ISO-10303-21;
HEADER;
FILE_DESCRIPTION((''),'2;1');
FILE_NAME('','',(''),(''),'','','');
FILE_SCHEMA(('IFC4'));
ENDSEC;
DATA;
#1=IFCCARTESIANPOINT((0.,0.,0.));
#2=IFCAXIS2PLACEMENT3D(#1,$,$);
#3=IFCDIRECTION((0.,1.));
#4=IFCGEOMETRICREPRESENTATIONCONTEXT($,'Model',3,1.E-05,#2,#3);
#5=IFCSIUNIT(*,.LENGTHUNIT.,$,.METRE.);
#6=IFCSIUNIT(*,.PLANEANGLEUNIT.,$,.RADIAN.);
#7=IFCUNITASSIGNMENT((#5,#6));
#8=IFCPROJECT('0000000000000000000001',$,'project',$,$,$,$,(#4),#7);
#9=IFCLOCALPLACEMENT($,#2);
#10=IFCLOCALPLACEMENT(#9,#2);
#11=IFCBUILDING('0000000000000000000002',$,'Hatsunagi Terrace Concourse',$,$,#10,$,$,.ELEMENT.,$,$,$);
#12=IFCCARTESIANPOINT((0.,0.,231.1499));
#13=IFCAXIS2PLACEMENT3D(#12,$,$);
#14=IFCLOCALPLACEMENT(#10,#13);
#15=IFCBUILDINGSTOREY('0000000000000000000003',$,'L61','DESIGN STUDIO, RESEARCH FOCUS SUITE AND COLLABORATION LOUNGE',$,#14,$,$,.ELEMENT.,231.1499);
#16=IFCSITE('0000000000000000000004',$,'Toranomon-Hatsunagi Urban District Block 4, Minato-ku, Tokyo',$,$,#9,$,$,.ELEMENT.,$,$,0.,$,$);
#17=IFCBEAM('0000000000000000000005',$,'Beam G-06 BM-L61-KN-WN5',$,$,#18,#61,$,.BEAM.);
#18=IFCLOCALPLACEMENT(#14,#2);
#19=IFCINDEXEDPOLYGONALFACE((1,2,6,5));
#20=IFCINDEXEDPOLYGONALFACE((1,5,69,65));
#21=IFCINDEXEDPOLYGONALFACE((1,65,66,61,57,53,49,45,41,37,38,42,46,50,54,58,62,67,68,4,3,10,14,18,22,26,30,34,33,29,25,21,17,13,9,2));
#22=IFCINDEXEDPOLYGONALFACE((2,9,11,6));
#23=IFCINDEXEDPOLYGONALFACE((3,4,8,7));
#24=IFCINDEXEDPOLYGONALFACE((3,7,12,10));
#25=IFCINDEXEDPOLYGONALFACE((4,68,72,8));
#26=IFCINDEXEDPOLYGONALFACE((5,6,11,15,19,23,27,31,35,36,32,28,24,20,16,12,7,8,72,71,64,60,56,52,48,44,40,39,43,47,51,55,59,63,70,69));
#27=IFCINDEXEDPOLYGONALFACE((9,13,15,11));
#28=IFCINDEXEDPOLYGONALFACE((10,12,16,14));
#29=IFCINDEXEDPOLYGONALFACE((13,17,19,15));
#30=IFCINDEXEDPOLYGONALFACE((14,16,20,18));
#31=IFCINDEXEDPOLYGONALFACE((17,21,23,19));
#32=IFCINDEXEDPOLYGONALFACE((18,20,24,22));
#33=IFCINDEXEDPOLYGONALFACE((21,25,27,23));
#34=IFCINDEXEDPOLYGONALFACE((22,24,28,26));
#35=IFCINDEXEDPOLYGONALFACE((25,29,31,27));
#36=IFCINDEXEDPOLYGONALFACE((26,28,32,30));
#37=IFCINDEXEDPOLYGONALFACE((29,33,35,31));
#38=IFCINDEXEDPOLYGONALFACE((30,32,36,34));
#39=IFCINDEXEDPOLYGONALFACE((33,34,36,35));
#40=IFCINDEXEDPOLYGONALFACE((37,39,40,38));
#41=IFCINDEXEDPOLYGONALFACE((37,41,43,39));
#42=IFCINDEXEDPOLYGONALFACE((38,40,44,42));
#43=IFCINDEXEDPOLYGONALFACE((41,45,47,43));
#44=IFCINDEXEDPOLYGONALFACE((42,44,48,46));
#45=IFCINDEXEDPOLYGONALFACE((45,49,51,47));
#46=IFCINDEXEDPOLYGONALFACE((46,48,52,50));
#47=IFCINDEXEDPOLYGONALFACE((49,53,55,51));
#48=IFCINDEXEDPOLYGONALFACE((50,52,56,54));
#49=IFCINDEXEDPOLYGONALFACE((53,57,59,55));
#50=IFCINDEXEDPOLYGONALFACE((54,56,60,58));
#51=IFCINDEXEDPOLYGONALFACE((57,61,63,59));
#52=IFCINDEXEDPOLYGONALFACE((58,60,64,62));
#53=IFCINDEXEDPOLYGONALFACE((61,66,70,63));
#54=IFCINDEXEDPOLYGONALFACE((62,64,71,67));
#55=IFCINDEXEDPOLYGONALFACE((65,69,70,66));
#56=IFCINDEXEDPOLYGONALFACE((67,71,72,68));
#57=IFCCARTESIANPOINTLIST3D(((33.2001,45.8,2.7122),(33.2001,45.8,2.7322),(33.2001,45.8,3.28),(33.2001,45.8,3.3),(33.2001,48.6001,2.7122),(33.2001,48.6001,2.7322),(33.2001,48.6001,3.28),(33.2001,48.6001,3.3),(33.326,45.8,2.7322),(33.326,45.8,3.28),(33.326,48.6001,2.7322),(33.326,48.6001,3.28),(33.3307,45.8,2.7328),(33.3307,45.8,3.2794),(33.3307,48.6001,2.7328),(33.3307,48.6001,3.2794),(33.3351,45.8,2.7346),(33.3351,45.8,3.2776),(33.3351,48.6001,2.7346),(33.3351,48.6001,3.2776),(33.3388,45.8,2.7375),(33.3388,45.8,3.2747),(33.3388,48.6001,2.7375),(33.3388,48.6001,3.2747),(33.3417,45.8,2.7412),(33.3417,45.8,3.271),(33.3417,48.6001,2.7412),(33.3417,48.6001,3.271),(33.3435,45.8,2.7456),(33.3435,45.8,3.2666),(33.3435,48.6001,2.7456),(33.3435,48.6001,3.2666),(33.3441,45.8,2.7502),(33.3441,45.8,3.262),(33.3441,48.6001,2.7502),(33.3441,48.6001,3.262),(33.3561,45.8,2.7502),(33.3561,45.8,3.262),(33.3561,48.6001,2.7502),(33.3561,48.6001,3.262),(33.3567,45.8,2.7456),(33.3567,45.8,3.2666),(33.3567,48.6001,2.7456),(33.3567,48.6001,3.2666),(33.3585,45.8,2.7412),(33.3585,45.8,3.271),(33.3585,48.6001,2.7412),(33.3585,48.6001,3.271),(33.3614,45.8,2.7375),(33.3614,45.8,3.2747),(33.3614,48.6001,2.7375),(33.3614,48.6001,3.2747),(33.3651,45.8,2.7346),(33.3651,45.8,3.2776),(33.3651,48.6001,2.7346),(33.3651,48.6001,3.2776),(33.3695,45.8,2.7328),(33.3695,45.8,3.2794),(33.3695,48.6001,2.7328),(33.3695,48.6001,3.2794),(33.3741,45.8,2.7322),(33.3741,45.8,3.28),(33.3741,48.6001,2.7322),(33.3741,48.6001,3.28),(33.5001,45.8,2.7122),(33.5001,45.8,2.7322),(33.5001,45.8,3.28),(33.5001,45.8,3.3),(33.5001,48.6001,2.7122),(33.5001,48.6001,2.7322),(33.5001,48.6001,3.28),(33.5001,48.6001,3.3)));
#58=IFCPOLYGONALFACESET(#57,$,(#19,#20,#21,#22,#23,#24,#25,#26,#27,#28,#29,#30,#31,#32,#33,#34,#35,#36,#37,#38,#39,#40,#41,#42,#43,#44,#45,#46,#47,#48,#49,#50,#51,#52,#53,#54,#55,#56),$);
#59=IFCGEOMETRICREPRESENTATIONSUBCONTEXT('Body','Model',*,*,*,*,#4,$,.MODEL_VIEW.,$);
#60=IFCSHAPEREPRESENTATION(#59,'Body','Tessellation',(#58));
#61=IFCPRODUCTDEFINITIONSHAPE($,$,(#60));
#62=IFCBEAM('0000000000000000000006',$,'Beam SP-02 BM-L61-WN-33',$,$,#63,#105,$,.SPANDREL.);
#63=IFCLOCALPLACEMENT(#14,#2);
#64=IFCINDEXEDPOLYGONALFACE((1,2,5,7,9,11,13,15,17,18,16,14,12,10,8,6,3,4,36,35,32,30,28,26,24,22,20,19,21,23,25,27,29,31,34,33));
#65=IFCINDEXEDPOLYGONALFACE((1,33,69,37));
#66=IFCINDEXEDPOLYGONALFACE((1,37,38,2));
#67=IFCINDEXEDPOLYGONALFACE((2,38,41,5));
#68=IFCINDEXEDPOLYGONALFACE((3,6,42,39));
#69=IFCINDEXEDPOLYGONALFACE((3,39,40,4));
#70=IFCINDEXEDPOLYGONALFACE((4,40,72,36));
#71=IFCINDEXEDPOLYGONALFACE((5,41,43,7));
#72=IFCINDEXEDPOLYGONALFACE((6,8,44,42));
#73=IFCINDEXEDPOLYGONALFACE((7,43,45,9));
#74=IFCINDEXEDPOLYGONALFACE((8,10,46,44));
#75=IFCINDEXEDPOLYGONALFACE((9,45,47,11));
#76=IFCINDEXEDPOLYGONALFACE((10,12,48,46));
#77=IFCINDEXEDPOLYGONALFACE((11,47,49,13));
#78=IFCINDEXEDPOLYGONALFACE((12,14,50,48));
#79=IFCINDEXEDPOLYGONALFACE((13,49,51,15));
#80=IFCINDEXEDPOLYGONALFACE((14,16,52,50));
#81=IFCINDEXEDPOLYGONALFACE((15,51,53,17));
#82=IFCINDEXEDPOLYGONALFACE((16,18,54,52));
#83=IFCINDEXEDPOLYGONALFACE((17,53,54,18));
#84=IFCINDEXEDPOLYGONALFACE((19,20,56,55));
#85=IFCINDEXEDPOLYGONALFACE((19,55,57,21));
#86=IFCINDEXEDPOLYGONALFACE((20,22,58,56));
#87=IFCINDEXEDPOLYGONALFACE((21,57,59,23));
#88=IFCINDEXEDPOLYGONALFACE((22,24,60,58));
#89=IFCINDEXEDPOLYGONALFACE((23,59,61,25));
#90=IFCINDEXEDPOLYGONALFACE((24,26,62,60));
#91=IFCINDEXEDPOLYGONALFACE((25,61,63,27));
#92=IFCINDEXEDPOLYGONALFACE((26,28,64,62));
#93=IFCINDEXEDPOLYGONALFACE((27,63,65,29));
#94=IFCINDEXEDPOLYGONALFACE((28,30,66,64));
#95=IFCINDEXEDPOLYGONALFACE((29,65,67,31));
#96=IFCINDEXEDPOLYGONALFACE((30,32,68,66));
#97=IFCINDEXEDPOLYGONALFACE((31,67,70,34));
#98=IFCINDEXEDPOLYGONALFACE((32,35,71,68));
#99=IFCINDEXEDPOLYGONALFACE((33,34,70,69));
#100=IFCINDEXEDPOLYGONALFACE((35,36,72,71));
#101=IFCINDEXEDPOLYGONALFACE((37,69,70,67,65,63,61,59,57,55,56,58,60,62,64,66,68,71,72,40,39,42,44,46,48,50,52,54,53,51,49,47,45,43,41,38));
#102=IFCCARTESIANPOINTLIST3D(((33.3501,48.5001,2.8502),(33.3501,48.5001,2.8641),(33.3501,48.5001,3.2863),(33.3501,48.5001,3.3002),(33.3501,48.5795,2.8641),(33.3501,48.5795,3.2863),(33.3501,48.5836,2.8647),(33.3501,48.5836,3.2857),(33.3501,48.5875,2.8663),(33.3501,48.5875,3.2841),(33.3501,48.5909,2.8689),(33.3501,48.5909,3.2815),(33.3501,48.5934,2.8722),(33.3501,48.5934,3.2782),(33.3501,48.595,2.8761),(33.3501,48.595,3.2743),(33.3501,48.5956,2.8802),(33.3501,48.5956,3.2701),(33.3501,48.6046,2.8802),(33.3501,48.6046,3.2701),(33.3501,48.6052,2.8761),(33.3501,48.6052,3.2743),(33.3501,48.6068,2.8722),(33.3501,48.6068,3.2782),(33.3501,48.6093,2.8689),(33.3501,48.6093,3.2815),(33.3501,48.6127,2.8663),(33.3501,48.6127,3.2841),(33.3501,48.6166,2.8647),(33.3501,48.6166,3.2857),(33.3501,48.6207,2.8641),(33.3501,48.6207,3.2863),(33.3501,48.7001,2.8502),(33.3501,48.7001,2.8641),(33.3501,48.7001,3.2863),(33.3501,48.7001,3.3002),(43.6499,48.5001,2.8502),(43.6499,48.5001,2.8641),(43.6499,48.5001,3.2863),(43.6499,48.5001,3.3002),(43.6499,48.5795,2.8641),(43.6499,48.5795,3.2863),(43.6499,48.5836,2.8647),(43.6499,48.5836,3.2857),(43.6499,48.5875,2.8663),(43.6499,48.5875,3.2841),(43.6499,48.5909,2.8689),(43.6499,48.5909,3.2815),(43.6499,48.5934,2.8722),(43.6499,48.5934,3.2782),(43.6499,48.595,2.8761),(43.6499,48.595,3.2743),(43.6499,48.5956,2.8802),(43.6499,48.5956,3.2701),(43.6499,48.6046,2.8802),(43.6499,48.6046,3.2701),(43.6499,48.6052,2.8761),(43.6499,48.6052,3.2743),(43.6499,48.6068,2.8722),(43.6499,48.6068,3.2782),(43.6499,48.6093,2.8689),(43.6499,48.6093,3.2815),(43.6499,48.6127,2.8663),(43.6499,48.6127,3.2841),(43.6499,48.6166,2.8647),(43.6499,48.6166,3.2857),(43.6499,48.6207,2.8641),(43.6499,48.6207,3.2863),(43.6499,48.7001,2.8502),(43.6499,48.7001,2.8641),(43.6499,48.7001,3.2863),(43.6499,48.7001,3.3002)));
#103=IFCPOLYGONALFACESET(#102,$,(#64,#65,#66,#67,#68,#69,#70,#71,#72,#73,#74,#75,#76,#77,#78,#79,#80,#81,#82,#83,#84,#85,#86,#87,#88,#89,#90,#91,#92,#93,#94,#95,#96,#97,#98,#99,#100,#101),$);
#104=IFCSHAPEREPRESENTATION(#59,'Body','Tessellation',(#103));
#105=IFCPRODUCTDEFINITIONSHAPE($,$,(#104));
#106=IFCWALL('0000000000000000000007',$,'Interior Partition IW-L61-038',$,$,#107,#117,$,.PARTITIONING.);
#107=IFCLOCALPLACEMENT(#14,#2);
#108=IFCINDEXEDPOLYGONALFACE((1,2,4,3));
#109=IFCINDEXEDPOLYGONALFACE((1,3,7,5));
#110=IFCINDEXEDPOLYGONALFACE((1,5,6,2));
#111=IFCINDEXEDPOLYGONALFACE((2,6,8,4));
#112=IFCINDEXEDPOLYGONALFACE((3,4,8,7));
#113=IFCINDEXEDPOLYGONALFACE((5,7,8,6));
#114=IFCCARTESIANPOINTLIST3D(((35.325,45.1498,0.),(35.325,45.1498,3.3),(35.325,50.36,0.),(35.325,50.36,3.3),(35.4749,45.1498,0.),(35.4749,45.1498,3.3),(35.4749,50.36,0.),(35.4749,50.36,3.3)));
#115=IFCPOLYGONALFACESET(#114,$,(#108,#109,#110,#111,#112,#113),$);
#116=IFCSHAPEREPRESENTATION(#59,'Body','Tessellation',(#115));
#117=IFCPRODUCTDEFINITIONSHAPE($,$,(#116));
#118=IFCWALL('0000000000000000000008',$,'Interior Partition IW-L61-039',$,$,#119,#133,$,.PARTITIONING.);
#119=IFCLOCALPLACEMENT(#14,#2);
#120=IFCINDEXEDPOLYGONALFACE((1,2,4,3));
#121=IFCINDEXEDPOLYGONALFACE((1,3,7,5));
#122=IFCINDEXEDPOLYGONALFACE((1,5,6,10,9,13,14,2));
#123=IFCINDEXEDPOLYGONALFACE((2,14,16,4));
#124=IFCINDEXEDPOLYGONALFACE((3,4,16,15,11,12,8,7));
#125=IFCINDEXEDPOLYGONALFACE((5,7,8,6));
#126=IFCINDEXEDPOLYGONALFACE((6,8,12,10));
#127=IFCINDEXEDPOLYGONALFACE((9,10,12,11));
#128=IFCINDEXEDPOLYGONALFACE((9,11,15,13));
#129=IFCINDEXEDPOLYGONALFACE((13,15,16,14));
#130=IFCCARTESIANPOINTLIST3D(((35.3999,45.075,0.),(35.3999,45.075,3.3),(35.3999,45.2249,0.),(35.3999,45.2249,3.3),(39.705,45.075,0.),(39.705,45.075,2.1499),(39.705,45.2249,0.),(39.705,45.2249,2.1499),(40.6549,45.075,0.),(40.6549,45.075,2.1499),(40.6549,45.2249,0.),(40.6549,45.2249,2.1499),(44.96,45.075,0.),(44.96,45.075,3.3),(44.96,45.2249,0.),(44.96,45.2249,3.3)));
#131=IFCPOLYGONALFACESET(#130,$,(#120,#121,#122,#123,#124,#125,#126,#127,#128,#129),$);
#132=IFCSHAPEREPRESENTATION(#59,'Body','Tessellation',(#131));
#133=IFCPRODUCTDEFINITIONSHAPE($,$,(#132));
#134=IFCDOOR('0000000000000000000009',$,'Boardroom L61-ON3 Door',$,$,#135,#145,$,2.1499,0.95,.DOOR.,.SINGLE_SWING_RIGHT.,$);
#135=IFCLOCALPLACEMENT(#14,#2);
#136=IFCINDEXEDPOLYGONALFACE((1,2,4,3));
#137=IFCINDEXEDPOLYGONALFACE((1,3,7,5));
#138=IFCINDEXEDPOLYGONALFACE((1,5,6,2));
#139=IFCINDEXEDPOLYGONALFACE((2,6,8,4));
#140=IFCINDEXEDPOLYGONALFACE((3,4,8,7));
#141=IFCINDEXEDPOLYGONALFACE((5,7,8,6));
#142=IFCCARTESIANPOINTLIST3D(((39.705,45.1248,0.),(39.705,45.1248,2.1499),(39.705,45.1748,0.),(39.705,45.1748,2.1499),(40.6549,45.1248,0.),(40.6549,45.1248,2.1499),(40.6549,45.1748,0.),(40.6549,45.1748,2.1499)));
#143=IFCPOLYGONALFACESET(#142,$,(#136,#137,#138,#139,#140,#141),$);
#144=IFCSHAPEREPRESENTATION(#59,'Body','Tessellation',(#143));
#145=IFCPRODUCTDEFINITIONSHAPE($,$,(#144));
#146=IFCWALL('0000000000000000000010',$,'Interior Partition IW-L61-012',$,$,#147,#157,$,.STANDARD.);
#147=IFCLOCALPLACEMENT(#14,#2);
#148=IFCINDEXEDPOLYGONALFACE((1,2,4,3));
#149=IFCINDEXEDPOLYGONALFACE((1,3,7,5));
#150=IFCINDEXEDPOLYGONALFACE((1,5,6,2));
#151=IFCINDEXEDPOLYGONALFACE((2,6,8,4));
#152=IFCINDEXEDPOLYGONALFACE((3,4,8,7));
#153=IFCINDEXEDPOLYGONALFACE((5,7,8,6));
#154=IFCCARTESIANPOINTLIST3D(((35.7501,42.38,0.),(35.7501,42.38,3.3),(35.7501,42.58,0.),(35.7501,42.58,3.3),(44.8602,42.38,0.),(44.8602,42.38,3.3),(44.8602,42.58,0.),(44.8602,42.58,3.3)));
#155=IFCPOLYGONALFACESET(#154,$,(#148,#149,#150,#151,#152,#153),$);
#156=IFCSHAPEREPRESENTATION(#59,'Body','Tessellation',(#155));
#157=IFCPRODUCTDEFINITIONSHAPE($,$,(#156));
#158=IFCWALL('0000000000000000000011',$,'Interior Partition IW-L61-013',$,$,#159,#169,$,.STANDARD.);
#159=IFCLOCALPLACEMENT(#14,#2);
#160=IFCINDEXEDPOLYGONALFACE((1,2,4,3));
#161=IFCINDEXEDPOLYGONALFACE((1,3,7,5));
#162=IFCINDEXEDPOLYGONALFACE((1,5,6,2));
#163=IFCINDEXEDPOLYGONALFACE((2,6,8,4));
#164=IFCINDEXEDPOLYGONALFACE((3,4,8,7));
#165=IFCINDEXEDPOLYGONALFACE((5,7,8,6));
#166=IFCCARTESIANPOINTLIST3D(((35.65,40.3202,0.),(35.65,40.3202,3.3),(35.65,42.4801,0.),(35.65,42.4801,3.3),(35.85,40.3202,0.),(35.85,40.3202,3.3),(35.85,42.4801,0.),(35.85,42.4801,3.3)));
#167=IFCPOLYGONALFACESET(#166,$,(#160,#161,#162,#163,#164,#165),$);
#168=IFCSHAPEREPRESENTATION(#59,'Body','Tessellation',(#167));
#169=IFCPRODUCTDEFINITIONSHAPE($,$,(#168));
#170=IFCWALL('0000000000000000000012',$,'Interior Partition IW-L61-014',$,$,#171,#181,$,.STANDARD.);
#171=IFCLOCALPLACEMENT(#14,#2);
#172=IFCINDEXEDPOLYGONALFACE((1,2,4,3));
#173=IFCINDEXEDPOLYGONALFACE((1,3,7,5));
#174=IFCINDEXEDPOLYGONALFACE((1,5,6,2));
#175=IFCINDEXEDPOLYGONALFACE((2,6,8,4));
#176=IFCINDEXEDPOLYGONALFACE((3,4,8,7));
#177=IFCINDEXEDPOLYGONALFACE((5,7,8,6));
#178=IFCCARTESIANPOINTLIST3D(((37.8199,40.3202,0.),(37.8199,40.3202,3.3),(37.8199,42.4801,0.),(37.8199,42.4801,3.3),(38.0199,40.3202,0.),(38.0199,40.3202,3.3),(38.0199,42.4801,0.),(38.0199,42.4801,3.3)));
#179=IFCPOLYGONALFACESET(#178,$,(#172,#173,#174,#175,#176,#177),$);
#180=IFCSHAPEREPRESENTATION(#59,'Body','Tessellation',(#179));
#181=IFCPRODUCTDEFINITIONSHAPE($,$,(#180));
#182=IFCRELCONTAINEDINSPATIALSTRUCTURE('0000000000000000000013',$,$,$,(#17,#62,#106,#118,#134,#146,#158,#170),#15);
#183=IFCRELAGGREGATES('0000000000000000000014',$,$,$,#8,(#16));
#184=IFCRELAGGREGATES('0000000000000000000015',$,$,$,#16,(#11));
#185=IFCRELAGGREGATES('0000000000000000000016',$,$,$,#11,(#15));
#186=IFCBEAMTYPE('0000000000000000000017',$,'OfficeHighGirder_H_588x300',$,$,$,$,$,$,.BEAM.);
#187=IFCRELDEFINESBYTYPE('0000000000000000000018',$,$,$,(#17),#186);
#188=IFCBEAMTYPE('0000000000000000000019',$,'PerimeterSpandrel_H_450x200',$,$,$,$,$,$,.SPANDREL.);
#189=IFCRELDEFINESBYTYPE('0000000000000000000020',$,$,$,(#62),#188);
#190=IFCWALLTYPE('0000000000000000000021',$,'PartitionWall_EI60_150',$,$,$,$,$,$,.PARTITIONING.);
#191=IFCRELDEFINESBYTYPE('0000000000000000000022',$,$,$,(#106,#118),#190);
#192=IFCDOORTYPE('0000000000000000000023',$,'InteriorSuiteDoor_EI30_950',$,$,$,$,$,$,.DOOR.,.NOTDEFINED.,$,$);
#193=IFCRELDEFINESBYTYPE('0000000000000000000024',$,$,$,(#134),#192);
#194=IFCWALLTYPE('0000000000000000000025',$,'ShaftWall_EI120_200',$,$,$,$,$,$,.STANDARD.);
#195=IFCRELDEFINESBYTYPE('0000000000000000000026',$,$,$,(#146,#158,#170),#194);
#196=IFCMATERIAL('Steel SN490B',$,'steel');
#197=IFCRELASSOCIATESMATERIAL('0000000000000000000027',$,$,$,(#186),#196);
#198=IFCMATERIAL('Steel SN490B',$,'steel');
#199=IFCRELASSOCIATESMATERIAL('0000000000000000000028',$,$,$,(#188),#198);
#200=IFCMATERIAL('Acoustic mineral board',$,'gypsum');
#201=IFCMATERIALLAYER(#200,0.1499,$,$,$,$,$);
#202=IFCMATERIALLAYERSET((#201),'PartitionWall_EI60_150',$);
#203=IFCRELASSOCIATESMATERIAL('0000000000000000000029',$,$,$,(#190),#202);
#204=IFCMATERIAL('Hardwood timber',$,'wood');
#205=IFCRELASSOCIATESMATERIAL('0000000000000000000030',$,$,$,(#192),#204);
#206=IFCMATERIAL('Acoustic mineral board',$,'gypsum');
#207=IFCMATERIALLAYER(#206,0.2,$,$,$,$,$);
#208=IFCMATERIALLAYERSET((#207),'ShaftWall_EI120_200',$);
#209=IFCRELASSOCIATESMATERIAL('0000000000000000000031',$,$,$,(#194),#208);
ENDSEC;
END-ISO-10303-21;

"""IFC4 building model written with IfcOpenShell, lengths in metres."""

from ifc_helpers import new_model, si_unit, direction, frame, frame_2d, origin, origin_2d, place, context, subcontext, project, spatial, rectangle, i_section, extrude, material, layer, layer_set, material_profile, profile_set, type_object, element, fill, save


model = new_model("IFC4")

# Units and contexts
model_context = context("Model", 3, precision=1e-05, world=origin(), true_north=direction((0.0, 1.0)))
body_context = subcontext(model_context, "Body", "Model", "MODEL_VIEW")
ifc_project = project(units=[si_unit("LENGTHUNIT", "METRE"), si_unit("PLANEANGLEUNIT", "RADIAN")], contexts=[model_context])

# Site, building, storey
site_placement = place(None, origin())
site = spatial("IfcSite", under=ifc_project, at=site_placement, Name="Toranomon-Hatsunagi Urban District Block 4, Minato-ku, Tokyo", CompositionType="ELEMENT", RefElevation=0.0)
building_placement = place(site_placement, origin())
building = spatial("IfcBuilding", under=site, at=building_placement, Name="Hatsunagi Terrace Concourse", CompositionType="ELEMENT")
storey_placement = place(building_placement, frame((0.0, 0.0, 231.1499)))
storey = spatial("IfcBuildingStorey", under=building, at=storey_placement, Name="L61", Description="DESIGN STUDIO, RESEARCH FOCUS SUITE AND COLLABORATION LOUNGE", CompositionType="ELEMENT", Elevation=231.1499)

# Beams
ifc_material_1 = material(Name="Steel SN490B", Category="steel")
ifc_material_profile_1 = material_profile(ifc_material_1, i_section(OverallWidth=0.3, OverallDepth=0.5879, WebThickness=0.012, FlangeThickness=0.02, FilletRadius=0.0181, at=origin_2d()), Name="H-588x300x12x20")
ifc_profile_set_1 = profile_set([ifc_material_profile_1], Name="Steel SN490B")
beam_type_1 = type_object("IfcBeamType", Name="OfficeHighGirder_H_588x300", PredefinedType="BEAM", material=ifc_profile_set_1)
beam_1_placement = place(storey_placement, frame((33.3501, 45.8, 3.0061), z_axis=(0.0, 1.0, 0.0), x_axis=(-1.0, 0.0, 0.0)))
element("IfcBeam", 1, at=beam_1_placement, inside=storey, type_object=beam_type_1, Name="Beam G-06 BM-L61-KN-WN5", PredefinedType="BEAM", context=body_context, shape_type="SweptSolid", body=[
    extrude(i_section(OverallWidth=0.3, OverallDepth=0.5879, WebThickness=0.012, FlangeThickness=0.02, FilletRadius=0.0181, at=origin_2d()), origin(), (0.0, 0.0, 1.0), 2.8),
])
ifc_material_2 = material(Name="Steel SN490B", Category="steel")
ifc_material_profile_2 = material_profile(ifc_material_2, i_section(OverallWidth=0.2, OverallDepth=0.45, WebThickness=0.009, FlangeThickness=0.0139, FilletRadius=0.0161, at=origin_2d()), Name="H-450x200x9x14")
ifc_profile_set_2 = profile_set([ifc_material_profile_2], Name="Steel SN490B")
beam_type_2 = type_object("IfcBeamType", Name="PerimeterSpandrel_H_450x200", PredefinedType="SPANDREL", material=ifc_profile_set_2)
beam_2_placement = place(storey_placement, frame((33.3501, 48.6001, 3.0752), z_axis=(1.0, 0.0, 0.0), x_axis=(0.0, 1.0, 0.0)))
element("IfcBeam", 2, at=beam_2_placement, inside=storey, type_object=beam_type_2, Name="Beam SP-02 BM-L61-WN-33", PredefinedType="SPANDREL", context=body_context, shape_type="SweptSolid", body=[
    extrude(i_section(OverallWidth=0.2, OverallDepth=0.45, WebThickness=0.009, FlangeThickness=0.0139, FilletRadius=0.0161, at=origin_2d()), origin(), (0.0, 0.0, 1.0), 10.2998),
])

# Wall
ifc_material_3 = material(Name="Acoustic mineral board", Category="gypsum")
ifc_layer_1 = layer(ifc_material_3, 0.1499)
ifc_layer_set_1 = layer_set([ifc_layer_1], Name="PartitionWall_EI60_150")
wall_type_1 = type_object("IfcWallType", Name="PartitionWall_EI60_150", PredefinedType="PARTITIONING", material=ifc_layer_set_1)
wall_1_placement = place(storey_placement, frame((35.3999, 45.1499, 0.0), z_axis=(0.0, 0.0, 1.0), x_axis=(0.0, 1.0, 0.0)))
element("IfcWall", 3, at=wall_1_placement, inside=storey, type_object=wall_type_1, Name="Interior Partition IW-L61-038", PredefinedType="PARTITIONING", context=body_context, shape_type="SweptSolid", body=[
    extrude(rectangle(XDim=5.2102, YDim=0.1499, at=frame_2d((2.605, 0.0))), origin(), (0.0, 0.0, 1.0), 3.3),
])

# Wall, opening, door
wall_2_placement = place(storey_placement, frame((35.3999, 45.1499, 0.0), z_axis=(0.0, 0.0, 1.0), x_axis=(1.0, 0.0, 0.0)))
wall_2 = element("IfcWall", 4, at=wall_2_placement, inside=storey, type_object=wall_type_1, Name="Interior Partition IW-L61-039", PredefinedType="PARTITIONING", context=body_context, shape_type="SweptSolid", body=[
    extrude(rectangle(XDim=9.5601, YDim=0.1499, at=frame_2d((4.78, 0.0))), origin(), (0.0, 0.0, 1.0), 3.3),
])
opening_1_placement = place(wall_2_placement, frame((4.3049, 0.0, 0.0)))
opening_1 = element("IfcOpeningElement", 5, at=opening_1_placement, cuts=wall_2, PredefinedType="OPENING", context=body_context, shape_type="SweptSolid", body=[
    extrude(rectangle(XDim=0.95, YDim=2.1499, at=frame_2d((0.4751, 1.075))), frame((0.0, 0.085, 0.0), z_axis=(0.0, -1.0, 0.0), x_axis=(1.0, 0.0, 0.0)), (0.0, 0.0, 1.0), 0.1699),
])
ifc_material_4 = material(Name="Hardwood timber", Category="wood")
door_type_1 = type_object("IfcDoorType", Name="InteriorSuiteDoor_EI30_950", OperationType="NOTDEFINED", PredefinedType="DOOR", material=ifc_material_4)
door_1_placement = place(opening_1_placement, origin())
door_1 = element("IfcDoor", 6, at=door_1_placement, inside=storey, type_object=door_type_1, Name="Boardroom L61-ON3 Door", OperationType="SINGLE_SWING_RIGHT", OverallHeight=2.1499, OverallWidth=0.95, PredefinedType="DOOR", context=body_context, shape_type="SweptSolid", body=[
    extrude(rectangle(XDim=0.95, YDim=2.1499, at=frame_2d((0.4751, 1.075))), frame((0.0, 0.0249, 0.0), z_axis=(0.0, -1.0, 0.0), x_axis=(1.0, 0.0, 0.0)), (0.0, 0.0, 1.0), 0.05),
])
fill(opening_1, door_1)

# Walls
ifc_material_5 = material(Name="Acoustic mineral board", Category="gypsum")
ifc_layer_2 = layer(ifc_material_5, 0.2)
ifc_layer_set_2 = layer_set([ifc_layer_2], Name="ShaftWall_EI120_200")
wall_type_2 = type_object("IfcWallType", Name="ShaftWall_EI120_200", PredefinedType="STANDARD", material=ifc_layer_set_2)
wall_3_placement = place(storey_placement, frame((35.75, 42.48, 0.0), z_axis=(0.0, 0.0, 1.0), x_axis=(1.0, 0.0, 0.0)))
element("IfcWall", 7, at=wall_3_placement, inside=storey, type_object=wall_type_2, Name="Interior Partition IW-L61-012", PredefinedType="STANDARD", context=body_context, shape_type="SweptSolid", body=[
    extrude(rectangle(XDim=9.1101, YDim=0.2, at=frame_2d((4.5552, 0.0))), origin(), (0.0, 0.0, 1.0), 3.3),
])
for number, where, z_axis, x_axis, name in (
    (8, (35.75, 40.3201, 0.0), (0.0, 0.0, 1.0), (0.0, 1.0, 0.0), "Interior Partition IW-L61-013"),
    (9, (37.9199, 40.3201, 0.0), (0.0, 0.0, 1.0), (0.0, 1.0, 0.0), "Interior Partition IW-L61-014"),
):
    element("IfcWall", number, at=place(storey_placement, frame(where, z_axis=z_axis, x_axis=x_axis)), inside=storey, type_object=wall_type_2, Name=name, PredefinedType="STANDARD", context=body_context, shape_type="SweptSolid", body=[
        extrude(rectangle(XDim=2.1599, YDim=0.2, at=frame_2d((1.0801, 0.0))), origin(), (0.0, 0.0, 1.0), 3.3),
    ])

save(model, "model.ifc")
